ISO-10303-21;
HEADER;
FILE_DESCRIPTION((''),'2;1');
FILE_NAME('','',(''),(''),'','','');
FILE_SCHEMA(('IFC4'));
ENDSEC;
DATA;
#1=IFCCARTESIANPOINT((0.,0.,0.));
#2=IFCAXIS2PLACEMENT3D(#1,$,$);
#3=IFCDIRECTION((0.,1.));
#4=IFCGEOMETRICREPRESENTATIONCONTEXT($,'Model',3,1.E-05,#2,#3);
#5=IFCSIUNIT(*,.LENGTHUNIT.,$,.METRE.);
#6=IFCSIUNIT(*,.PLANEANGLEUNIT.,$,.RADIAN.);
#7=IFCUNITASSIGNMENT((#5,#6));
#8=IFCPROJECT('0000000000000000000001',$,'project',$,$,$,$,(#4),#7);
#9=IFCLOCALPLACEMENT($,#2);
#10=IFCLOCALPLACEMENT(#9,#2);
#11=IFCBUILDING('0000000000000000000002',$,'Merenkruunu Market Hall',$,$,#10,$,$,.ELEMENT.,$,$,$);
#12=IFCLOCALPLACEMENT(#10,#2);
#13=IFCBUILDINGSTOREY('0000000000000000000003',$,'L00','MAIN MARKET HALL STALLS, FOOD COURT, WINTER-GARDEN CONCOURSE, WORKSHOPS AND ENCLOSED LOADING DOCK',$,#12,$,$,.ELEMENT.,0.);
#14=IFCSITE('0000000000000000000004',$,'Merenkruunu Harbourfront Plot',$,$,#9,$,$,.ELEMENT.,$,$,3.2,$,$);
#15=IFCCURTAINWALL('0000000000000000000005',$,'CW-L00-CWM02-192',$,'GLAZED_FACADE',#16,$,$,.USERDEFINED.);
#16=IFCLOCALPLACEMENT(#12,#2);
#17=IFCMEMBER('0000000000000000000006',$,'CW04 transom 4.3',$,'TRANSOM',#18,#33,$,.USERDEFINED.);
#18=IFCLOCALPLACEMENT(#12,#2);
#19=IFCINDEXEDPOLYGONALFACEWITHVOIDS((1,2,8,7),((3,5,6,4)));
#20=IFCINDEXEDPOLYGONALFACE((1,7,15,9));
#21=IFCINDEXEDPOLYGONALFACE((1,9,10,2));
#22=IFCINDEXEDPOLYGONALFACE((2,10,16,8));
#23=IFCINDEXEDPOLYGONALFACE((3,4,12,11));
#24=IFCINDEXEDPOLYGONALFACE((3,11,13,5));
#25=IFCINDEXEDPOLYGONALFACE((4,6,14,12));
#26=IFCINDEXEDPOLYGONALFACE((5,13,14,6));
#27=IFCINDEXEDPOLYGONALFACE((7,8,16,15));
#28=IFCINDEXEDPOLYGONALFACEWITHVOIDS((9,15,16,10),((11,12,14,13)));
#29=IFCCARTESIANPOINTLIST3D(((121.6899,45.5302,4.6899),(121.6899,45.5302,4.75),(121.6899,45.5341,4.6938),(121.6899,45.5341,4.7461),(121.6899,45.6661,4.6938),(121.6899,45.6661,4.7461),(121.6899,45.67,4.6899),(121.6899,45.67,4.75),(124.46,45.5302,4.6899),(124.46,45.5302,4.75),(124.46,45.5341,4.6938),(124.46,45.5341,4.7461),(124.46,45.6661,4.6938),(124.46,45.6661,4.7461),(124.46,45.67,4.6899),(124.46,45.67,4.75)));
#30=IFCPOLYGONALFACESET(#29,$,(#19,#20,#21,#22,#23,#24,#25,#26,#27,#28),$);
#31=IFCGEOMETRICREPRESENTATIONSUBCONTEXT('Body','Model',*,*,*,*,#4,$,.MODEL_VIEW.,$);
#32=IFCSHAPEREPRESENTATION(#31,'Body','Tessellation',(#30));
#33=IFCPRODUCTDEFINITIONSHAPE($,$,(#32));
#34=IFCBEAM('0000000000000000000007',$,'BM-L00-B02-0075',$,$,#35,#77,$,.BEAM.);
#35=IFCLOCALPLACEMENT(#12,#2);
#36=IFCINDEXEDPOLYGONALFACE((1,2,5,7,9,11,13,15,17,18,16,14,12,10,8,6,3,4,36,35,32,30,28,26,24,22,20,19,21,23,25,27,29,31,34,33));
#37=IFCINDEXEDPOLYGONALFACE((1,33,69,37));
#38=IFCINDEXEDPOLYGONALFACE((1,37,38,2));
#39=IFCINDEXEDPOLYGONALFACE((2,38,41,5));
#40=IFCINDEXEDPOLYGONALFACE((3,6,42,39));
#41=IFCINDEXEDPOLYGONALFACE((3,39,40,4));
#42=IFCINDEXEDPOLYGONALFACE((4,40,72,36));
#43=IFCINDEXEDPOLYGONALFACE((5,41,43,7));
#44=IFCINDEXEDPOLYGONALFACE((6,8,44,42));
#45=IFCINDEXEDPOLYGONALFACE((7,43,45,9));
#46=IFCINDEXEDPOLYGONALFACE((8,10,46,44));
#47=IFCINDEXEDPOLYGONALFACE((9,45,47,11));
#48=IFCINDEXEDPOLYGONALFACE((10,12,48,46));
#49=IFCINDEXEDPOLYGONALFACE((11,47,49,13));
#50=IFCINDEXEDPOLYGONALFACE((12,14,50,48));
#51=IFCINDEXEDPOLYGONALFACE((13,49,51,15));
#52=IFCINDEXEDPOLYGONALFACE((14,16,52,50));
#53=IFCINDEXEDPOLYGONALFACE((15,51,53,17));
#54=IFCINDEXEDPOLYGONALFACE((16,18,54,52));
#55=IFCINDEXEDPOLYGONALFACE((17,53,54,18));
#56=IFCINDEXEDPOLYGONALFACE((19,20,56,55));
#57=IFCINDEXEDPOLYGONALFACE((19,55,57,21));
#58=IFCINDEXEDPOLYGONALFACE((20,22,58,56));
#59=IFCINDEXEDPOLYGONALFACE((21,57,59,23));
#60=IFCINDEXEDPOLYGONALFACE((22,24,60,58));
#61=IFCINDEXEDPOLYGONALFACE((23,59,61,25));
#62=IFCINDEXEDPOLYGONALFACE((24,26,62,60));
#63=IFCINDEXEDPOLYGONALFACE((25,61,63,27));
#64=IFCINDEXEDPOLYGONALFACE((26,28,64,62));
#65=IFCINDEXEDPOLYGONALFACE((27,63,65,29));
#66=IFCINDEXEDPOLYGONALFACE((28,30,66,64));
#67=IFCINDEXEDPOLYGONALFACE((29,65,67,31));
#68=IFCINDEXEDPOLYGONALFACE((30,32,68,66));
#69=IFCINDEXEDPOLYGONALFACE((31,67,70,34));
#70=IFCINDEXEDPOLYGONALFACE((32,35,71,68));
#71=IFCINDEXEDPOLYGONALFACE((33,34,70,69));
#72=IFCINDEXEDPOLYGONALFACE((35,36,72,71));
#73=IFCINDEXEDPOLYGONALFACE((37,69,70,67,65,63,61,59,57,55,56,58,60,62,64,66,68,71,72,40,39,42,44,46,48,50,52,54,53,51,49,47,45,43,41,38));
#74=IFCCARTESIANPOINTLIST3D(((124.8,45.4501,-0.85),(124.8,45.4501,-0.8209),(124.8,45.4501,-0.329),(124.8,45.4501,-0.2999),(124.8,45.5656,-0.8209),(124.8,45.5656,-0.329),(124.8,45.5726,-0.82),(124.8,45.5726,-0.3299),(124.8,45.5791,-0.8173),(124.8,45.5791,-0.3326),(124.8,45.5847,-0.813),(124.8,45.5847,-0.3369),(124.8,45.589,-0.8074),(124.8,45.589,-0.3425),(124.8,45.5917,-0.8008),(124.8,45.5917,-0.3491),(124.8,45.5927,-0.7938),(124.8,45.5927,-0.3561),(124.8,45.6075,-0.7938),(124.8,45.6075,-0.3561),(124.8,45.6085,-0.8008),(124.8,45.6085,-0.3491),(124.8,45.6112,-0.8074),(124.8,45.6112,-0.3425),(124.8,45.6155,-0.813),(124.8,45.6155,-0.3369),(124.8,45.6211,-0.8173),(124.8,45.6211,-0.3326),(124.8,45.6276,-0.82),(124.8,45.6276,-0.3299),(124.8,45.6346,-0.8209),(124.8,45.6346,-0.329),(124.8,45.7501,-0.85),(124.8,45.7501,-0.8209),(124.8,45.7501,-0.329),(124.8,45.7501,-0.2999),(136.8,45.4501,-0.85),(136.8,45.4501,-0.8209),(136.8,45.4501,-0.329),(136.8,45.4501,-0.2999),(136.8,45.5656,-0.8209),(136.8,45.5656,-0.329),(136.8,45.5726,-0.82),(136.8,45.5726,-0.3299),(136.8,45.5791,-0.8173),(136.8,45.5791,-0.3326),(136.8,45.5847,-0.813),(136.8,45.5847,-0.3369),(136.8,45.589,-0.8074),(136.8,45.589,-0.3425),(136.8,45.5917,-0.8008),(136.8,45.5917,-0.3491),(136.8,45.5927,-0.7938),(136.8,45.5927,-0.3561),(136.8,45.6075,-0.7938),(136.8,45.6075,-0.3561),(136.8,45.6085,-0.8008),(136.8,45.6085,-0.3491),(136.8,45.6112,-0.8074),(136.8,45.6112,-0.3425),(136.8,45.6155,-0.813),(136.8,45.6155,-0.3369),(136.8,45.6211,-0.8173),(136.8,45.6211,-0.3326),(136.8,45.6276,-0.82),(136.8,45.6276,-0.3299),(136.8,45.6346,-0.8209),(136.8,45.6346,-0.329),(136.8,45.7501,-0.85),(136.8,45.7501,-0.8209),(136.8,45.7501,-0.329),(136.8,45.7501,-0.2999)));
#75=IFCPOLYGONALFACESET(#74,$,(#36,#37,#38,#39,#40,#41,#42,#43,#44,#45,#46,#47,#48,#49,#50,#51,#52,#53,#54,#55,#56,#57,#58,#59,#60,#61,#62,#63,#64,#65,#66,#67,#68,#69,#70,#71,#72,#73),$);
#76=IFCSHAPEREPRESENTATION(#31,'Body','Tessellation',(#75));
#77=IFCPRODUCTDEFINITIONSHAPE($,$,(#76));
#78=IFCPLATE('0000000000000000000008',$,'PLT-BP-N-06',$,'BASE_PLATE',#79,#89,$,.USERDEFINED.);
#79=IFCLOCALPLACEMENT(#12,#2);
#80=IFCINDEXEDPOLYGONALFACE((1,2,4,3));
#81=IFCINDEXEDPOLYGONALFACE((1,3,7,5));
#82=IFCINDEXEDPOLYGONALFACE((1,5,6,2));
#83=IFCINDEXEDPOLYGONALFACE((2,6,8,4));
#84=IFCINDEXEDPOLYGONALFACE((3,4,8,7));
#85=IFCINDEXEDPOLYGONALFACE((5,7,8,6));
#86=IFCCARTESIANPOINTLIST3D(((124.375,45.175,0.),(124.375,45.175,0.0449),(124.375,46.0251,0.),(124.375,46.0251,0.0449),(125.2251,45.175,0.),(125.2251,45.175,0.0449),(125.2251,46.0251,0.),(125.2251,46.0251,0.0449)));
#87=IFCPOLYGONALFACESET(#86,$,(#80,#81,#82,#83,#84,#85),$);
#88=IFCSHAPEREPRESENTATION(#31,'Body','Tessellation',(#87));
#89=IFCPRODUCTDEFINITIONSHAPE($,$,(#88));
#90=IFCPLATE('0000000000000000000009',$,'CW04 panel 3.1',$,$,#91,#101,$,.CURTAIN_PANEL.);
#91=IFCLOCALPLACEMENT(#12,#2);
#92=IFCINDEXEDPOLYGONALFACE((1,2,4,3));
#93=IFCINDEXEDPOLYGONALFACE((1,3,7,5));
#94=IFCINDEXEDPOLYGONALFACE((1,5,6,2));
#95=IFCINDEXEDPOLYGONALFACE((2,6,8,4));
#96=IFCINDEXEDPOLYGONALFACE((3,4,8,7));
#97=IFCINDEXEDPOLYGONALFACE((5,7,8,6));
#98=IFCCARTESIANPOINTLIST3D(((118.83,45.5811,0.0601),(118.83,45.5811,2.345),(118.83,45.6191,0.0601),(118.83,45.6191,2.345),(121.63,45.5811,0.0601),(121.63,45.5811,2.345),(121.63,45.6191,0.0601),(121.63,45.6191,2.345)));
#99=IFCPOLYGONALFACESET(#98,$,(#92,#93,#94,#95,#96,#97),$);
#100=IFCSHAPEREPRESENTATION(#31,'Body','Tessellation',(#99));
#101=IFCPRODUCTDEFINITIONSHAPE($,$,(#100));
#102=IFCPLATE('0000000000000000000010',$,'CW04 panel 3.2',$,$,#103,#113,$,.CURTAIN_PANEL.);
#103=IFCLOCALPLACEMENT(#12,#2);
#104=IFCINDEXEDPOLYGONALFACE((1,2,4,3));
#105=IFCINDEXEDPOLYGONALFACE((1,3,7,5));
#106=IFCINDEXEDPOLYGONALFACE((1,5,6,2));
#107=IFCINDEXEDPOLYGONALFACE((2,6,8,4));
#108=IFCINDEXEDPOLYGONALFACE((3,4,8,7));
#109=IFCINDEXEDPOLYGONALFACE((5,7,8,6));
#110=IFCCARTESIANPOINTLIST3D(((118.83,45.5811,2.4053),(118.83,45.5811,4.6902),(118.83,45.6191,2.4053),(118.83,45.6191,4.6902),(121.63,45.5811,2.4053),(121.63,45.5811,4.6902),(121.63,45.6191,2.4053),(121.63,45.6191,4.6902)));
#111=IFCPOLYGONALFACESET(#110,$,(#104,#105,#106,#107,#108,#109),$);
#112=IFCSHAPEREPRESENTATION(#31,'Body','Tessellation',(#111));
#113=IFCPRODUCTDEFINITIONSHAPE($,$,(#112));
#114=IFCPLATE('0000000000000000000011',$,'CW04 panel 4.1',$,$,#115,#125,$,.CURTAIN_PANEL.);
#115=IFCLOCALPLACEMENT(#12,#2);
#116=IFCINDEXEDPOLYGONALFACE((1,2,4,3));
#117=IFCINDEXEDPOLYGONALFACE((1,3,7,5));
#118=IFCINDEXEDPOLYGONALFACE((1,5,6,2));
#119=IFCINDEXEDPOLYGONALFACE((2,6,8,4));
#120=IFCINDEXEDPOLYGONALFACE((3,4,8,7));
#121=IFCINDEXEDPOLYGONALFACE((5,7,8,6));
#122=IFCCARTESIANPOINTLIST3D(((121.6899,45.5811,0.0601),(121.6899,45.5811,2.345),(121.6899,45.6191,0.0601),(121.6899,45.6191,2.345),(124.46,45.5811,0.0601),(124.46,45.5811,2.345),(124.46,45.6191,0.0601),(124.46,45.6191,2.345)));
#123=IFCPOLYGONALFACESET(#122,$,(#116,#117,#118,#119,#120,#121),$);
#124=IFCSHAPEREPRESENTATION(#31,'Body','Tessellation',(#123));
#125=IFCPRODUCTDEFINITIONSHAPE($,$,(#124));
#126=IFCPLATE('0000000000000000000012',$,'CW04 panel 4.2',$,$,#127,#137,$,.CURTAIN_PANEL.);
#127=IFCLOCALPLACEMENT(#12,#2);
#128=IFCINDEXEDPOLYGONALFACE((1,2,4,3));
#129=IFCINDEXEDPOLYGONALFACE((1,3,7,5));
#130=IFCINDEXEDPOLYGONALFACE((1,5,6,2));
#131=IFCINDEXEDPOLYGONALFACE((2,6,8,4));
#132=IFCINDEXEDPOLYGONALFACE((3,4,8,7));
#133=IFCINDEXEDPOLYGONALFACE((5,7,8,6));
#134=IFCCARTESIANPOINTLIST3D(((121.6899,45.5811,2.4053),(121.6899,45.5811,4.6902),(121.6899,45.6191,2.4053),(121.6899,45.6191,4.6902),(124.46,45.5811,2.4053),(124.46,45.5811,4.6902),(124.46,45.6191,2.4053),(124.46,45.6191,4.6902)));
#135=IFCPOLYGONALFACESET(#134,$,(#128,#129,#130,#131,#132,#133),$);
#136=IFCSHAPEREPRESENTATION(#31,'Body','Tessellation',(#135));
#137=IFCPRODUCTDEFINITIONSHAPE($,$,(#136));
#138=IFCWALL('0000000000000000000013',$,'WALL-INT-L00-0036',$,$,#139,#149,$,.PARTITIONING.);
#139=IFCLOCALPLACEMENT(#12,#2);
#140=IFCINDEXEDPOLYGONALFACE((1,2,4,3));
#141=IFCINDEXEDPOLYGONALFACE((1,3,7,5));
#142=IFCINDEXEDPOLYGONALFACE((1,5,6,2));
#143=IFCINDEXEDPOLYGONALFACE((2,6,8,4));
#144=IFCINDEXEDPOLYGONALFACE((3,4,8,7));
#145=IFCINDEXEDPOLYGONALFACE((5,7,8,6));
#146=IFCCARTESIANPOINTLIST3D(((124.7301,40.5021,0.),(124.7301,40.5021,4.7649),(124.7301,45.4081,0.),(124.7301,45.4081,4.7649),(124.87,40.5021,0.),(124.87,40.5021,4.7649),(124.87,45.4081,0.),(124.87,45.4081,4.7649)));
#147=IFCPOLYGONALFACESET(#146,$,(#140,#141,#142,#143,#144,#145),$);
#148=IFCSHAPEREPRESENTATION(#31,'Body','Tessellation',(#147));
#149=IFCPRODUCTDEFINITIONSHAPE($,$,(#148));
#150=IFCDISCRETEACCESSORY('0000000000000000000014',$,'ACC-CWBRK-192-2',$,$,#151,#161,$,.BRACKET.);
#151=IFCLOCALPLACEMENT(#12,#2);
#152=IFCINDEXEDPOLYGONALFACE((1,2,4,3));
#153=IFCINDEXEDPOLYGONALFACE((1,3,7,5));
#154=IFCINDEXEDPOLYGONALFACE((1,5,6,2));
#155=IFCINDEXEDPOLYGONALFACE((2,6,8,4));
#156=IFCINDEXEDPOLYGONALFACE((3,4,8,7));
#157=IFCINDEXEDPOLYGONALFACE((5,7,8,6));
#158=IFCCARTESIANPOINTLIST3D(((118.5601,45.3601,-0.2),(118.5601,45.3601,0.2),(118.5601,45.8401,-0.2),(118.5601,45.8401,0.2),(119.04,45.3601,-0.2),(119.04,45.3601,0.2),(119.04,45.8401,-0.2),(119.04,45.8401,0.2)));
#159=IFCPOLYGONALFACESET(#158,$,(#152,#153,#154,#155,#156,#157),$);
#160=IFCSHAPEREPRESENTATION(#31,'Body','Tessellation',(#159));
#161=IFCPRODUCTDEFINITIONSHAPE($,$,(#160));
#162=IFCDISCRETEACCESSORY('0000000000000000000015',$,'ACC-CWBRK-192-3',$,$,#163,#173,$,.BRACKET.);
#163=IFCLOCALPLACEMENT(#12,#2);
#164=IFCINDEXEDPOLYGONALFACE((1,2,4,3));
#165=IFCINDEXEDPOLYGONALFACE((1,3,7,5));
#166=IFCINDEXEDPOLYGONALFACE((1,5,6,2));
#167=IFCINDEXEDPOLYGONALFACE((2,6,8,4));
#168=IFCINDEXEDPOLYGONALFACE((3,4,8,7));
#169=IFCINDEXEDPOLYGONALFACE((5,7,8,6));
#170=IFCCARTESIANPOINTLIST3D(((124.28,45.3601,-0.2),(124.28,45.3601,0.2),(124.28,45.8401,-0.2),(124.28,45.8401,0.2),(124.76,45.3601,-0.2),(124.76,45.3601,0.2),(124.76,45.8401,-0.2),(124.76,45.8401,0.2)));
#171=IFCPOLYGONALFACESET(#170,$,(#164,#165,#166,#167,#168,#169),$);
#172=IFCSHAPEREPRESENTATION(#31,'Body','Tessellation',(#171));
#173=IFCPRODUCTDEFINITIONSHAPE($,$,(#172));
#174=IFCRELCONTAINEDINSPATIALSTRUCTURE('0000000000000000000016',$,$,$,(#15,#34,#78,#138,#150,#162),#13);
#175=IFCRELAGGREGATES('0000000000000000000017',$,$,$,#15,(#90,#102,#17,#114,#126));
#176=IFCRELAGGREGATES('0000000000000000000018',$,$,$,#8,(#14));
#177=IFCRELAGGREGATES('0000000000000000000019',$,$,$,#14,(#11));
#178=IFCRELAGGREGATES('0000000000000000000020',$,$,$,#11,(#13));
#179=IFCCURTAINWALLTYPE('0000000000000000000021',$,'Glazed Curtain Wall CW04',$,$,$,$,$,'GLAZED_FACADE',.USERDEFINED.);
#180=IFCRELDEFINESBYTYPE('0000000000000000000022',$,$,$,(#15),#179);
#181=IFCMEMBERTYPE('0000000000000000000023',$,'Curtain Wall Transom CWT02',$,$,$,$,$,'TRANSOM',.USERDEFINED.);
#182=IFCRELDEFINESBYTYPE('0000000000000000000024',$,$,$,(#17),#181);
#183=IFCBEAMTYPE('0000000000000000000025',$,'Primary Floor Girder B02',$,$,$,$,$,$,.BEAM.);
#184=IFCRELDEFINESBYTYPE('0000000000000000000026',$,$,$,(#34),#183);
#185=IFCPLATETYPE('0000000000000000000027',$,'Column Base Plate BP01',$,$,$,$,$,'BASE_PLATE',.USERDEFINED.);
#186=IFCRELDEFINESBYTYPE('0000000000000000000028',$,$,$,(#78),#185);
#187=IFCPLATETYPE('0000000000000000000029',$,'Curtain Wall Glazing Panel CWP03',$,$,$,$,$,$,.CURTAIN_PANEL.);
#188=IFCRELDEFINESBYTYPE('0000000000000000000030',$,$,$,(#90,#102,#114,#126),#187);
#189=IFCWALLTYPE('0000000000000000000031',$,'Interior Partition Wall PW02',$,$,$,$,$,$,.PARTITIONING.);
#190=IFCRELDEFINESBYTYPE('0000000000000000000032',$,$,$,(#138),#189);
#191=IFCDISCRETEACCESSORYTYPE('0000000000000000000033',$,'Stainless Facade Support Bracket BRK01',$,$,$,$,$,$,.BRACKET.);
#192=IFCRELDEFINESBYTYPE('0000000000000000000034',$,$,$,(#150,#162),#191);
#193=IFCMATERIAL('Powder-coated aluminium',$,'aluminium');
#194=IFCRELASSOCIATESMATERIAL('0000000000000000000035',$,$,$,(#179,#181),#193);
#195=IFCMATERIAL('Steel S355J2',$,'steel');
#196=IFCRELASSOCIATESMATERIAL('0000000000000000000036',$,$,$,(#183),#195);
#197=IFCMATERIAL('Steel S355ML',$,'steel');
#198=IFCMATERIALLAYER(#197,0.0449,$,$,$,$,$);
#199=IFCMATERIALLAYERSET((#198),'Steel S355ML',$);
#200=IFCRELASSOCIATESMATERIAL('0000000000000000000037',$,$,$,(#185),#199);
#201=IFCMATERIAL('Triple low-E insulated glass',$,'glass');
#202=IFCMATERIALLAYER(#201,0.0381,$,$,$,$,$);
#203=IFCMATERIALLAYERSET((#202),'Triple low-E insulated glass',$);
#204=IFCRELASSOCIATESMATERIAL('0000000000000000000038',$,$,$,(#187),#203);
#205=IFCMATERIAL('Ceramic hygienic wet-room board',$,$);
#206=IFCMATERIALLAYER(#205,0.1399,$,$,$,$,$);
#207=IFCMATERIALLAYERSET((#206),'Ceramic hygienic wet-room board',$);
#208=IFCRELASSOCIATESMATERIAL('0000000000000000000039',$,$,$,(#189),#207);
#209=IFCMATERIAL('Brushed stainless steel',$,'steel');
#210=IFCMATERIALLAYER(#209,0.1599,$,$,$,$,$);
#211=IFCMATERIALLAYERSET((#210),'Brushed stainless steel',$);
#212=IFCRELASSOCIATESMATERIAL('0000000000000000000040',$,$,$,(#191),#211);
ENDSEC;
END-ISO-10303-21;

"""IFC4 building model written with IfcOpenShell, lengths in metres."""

from ifc_helpers import new_model, si_unit, direction, frame, frame_2d, origin, origin_2d, place, context, subcontext, project, spatial, rectangle, hollow_rectangle, i_section, extrude, material, layer, layer_set, material_profile, profile_set, type_object, element, aggregate, save


model = new_model("IFC4")

# Units and contexts
model_context = context("Model", 3, precision=1e-05, world=origin(), true_north=direction((0.0, 1.0)))
body_context = subcontext(model_context, "Body", "Model", "MODEL_VIEW")
ifc_project = project(units=[si_unit("LENGTHUNIT", "METRE"), si_unit("PLANEANGLEUNIT", "RADIAN")], contexts=[model_context])

# Site, building, storey
site_placement = place(None, origin())
site = spatial("IfcSite", under=ifc_project, at=site_placement, Name="Merenkruunu Harbourfront Plot", CompositionType="ELEMENT", RefElevation=3.2)
building_placement = place(site_placement, origin())
building = spatial("IfcBuilding", under=site, at=building_placement, Name="Merenkruunu Market Hall", CompositionType="ELEMENT")
storey_placement = place(building_placement, origin())
storey = spatial("IfcBuildingStorey", under=building, at=storey_placement, Name="L00", Description="MAIN MARKET HALL STALLS, FOOD COURT, WINTER-GARDEN CONCOURSE, WORKSHOPS AND ENCLOSED LOADING DOCK", CompositionType="ELEMENT", Elevation=0.0)

# Shared definitions
ifc_material_1 = material(Name="Steel S355J2", Category="steel")

# Curtain wall, member
ifc_material_2 = material(Name="Powder-coated aluminium", Category="aluminium")
curtain_wall_type = type_object("IfcCurtainWallType", Name="Glazed Curtain Wall CW04", ElementType="GLAZED_FACADE", PredefinedType="USERDEFINED", material=ifc_material_2)
curtain_wall_placement = place(storey_placement, origin())
curtain_wall = element("IfcCurtainWall", 1, at=curtain_wall_placement, inside=storey, type_object=curtain_wall_type, Name="CW-L00-CWM02-192", ObjectType="GLAZED_FACADE", PredefinedType="USERDEFINED")
ifc_material_profile_1 = material_profile(ifc_material_2, hollow_rectangle(XDim=0.0601, YDim=0.1399, WallThickness=0.0039, at=origin_2d()), Name="ALU 60x140x4")
ifc_profile_set_1 = profile_set([ifc_material_profile_1], Name="Powder-coated aluminium")
member_type_1 = type_object("IfcMemberType", Name="Curtain Wall Transom CWT02", ElementType="TRANSOM", PredefinedType="USERDEFINED", material=ifc_profile_set_1)
member_1_placement = place(storey_placement, frame((121.6899, 45.6001, 4.72), z_axis=(1.0, 0.0, 0.0), x_axis=(0.0, 0.0, 1.0)))
member_1 = element("IfcMember", 2, at=member_1_placement, type_object=member_type_1, Name="CW04 transom 4.3", ObjectType="TRANSOM", PredefinedType="USERDEFINED", context=body_context, shape_type="SweptSolid", body=[
    extrude(hollow_rectangle(XDim=0.0601, YDim=0.1399, WallThickness=0.0039, at=origin_2d()), origin(), (0.0, 0.0, 1.0), 2.77),
])

# Beam
ifc_material_profile_2 = material_profile(ifc_material_1, i_section(OverallWidth=0.3, OverallDepth=0.55, WebThickness=0.0149, FlangeThickness=0.0291, FilletRadius=0.0271, at=origin_2d()), Name="HEB 550")
ifc_profile_set_2 = profile_set([ifc_material_profile_2], Name="Steel S355J2")
beam_type = type_object("IfcBeamType", Name="Primary Floor Girder B02", PredefinedType="BEAM", material=ifc_profile_set_2)
beam_placement = place(storey_placement, frame((124.8, 45.6001, -0.575), z_axis=(1.0, 0.0, 0.0), x_axis=(0.0, 1.0, 0.0)))
element("IfcBeam", 3, at=beam_placement, inside=storey, type_object=beam_type, Name="BM-L00-B02-0075", PredefinedType="BEAM", context=body_context, shape_type="SweptSolid", body=[
    extrude(i_section(OverallWidth=0.3, OverallDepth=0.55, WebThickness=0.0149, FlangeThickness=0.0291, FilletRadius=0.0271, at=origin_2d()), origin(), (0.0, 0.0, 1.0), 12.0),
])

# Plates
ifc_material_3 = material(Name="Steel S355ML", Category="steel")
ifc_layer_1 = layer(ifc_material_3, 0.0449)
ifc_layer_set_1 = layer_set([ifc_layer_1], Name="Steel S355ML")
plate_type_1 = type_object("IfcPlateType", Name="Column Base Plate BP01", ElementType="BASE_PLATE", PredefinedType="USERDEFINED", material=ifc_layer_set_1)
plate_1_placement = place(storey_placement, frame((124.8, 45.6001, 0.0), z_axis=(0.0, 0.0, 1.0), x_axis=(1.0, 0.0, 0.0)))
element("IfcPlate", 4, at=plate_1_placement, inside=storey, type_object=plate_type_1, Name="PLT-BP-N-06", ObjectType="BASE_PLATE", PredefinedType="USERDEFINED", context=body_context, shape_type="SweptSolid", body=[
    extrude(rectangle(XDim=0.8501, YDim=0.8501, at=origin_2d()), origin(), (0.0, 0.0, 1.0), 0.0449),
])
ifc_material_4 = material(Name="Triple low-E insulated glass", Category="glass")
ifc_layer_2 = layer(ifc_material_4, 0.0381)
ifc_layer_set_2 = layer_set([ifc_layer_2], Name="Triple low-E insulated glass")
plate_type_2 = type_object("IfcPlateType", Name="Curtain Wall Glazing Panel CWP03", PredefinedType="CURTAIN_PANEL", material=ifc_layer_set_2)
plate_2_placement = place(storey_placement, frame((120.23, 45.6001, 0.0601), z_axis=(0.0, 0.0, 1.0), x_axis=(1.0, 0.0, 0.0)))
plate_2 = element("IfcPlate", 5, at=plate_2_placement, type_object=plate_type_2, Name="CW04 panel 3.1", PredefinedType="CURTAIN_PANEL", context=body_context, shape_type="SweptSolid", body=[
    extrude(rectangle(XDim=2.8, YDim=0.0381, at=origin_2d()), origin(), (0.0, 0.0, 1.0), 2.2849),
])
plate_3_placement = place(storey_placement, frame((120.23, 45.6001, 2.4053), z_axis=(0.0, 0.0, 1.0), x_axis=(1.0, 0.0, 0.0)))
plate_3 = element("IfcPlate", 6, at=plate_3_placement, type_object=plate_type_2, Name="CW04 panel 3.2", PredefinedType="CURTAIN_PANEL", context=body_context, shape_type="SweptSolid", body=[
    extrude(rectangle(XDim=2.8, YDim=0.0381, at=origin_2d()), origin(), (0.0, 0.0, 1.0), 2.2849),
])
plate_4_placement = place(storey_placement, frame((123.075, 45.6001, 0.0601), z_axis=(0.0, 0.0, 1.0), x_axis=(1.0, 0.0, 0.0)))
plate_4 = element("IfcPlate", 7, at=plate_4_placement, type_object=plate_type_2, Name="CW04 panel 4.1", PredefinedType="CURTAIN_PANEL", context=body_context, shape_type="SweptSolid", body=[
    extrude(rectangle(XDim=2.77, YDim=0.0381, at=origin_2d()), origin(), (0.0, 0.0, 1.0), 2.2849),
])
plate_5_placement = place(storey_placement, frame((123.075, 45.6001, 2.4053), z_axis=(0.0, 0.0, 1.0), x_axis=(1.0, 0.0, 0.0)))
plate_5 = element("IfcPlate", 8, at=plate_5_placement, type_object=plate_type_2, Name="CW04 panel 4.2", PredefinedType="CURTAIN_PANEL", context=body_context, shape_type="SweptSolid", body=[
    extrude(rectangle(XDim=2.77, YDim=0.0381, at=origin_2d()), origin(), (0.0, 0.0, 1.0), 2.2849),
])
aggregate(curtain_wall, [plate_2, plate_3, member_1, plate_4, plate_5])

# Wall
ifc_material_5 = material(Name="Ceramic hygienic wet-room board")
ifc_layer_3 = layer(ifc_material_5, 0.1399)
ifc_layer_set_3 = layer_set([ifc_layer_3], Name="Ceramic hygienic wet-room board")
wall_type = type_object("IfcWallType", Name="Interior Partition Wall PW02", PredefinedType="PARTITIONING", material=ifc_layer_set_3)
wall_placement = place(storey_placement, frame((124.8, 40.502, 0.0), z_axis=(0.0, 0.0, 1.0), x_axis=(0.0, 1.0, 0.0)))
element("IfcWall", 9, at=wall_placement, inside=storey, type_object=wall_type, Name="WALL-INT-L00-0036", PredefinedType="PARTITIONING", context=body_context, shape_type="SweptSolid", body=[
    extrude(rectangle(XDim=4.906, YDim=0.1399, at=frame_2d((2.4531, 0.0))), origin(), (0.0, 0.0, 1.0), 4.7649),
])

# Discrete accessories
ifc_material_6 = material(Name="Brushed stainless steel", Category="steel")
ifc_layer_4 = layer(ifc_material_6, 0.1599)
ifc_layer_set_4 = layer_set([ifc_layer_4], Name="Brushed stainless steel")
discrete_accessory_type = type_object("IfcDiscreteAccessoryType", Name="Stainless Facade Support Bracket BRK01", PredefinedType="BRACKET", material=ifc_layer_set_4)
for number, where, z_axis, x_axis, name in (
    (10, (118.8, 45.6001, -0.2), (0.0, 0.0, 1.0), (1.0, 0.0, 0.0), "ACC-CWBRK-192-2"),
    (11, (124.52, 45.6001, -0.2), (0.0, 0.0, 1.0), (1.0, 0.0, 0.0), "ACC-CWBRK-192-3"),
):
    element("IfcDiscreteAccessory", number, at=place(storey_placement, frame(where, z_axis=z_axis, x_axis=x_axis)), inside=storey, type_object=discrete_accessory_type, Name=name, PredefinedType="BRACKET", context=body_context, shape_type="SweptSolid", body=[
        extrude(rectangle(XDim=0.48, YDim=0.48, at=origin_2d()), origin(), (0.0, 0.0, 1.0), 0.3999),
    ])

save(model, "model.ifc")
